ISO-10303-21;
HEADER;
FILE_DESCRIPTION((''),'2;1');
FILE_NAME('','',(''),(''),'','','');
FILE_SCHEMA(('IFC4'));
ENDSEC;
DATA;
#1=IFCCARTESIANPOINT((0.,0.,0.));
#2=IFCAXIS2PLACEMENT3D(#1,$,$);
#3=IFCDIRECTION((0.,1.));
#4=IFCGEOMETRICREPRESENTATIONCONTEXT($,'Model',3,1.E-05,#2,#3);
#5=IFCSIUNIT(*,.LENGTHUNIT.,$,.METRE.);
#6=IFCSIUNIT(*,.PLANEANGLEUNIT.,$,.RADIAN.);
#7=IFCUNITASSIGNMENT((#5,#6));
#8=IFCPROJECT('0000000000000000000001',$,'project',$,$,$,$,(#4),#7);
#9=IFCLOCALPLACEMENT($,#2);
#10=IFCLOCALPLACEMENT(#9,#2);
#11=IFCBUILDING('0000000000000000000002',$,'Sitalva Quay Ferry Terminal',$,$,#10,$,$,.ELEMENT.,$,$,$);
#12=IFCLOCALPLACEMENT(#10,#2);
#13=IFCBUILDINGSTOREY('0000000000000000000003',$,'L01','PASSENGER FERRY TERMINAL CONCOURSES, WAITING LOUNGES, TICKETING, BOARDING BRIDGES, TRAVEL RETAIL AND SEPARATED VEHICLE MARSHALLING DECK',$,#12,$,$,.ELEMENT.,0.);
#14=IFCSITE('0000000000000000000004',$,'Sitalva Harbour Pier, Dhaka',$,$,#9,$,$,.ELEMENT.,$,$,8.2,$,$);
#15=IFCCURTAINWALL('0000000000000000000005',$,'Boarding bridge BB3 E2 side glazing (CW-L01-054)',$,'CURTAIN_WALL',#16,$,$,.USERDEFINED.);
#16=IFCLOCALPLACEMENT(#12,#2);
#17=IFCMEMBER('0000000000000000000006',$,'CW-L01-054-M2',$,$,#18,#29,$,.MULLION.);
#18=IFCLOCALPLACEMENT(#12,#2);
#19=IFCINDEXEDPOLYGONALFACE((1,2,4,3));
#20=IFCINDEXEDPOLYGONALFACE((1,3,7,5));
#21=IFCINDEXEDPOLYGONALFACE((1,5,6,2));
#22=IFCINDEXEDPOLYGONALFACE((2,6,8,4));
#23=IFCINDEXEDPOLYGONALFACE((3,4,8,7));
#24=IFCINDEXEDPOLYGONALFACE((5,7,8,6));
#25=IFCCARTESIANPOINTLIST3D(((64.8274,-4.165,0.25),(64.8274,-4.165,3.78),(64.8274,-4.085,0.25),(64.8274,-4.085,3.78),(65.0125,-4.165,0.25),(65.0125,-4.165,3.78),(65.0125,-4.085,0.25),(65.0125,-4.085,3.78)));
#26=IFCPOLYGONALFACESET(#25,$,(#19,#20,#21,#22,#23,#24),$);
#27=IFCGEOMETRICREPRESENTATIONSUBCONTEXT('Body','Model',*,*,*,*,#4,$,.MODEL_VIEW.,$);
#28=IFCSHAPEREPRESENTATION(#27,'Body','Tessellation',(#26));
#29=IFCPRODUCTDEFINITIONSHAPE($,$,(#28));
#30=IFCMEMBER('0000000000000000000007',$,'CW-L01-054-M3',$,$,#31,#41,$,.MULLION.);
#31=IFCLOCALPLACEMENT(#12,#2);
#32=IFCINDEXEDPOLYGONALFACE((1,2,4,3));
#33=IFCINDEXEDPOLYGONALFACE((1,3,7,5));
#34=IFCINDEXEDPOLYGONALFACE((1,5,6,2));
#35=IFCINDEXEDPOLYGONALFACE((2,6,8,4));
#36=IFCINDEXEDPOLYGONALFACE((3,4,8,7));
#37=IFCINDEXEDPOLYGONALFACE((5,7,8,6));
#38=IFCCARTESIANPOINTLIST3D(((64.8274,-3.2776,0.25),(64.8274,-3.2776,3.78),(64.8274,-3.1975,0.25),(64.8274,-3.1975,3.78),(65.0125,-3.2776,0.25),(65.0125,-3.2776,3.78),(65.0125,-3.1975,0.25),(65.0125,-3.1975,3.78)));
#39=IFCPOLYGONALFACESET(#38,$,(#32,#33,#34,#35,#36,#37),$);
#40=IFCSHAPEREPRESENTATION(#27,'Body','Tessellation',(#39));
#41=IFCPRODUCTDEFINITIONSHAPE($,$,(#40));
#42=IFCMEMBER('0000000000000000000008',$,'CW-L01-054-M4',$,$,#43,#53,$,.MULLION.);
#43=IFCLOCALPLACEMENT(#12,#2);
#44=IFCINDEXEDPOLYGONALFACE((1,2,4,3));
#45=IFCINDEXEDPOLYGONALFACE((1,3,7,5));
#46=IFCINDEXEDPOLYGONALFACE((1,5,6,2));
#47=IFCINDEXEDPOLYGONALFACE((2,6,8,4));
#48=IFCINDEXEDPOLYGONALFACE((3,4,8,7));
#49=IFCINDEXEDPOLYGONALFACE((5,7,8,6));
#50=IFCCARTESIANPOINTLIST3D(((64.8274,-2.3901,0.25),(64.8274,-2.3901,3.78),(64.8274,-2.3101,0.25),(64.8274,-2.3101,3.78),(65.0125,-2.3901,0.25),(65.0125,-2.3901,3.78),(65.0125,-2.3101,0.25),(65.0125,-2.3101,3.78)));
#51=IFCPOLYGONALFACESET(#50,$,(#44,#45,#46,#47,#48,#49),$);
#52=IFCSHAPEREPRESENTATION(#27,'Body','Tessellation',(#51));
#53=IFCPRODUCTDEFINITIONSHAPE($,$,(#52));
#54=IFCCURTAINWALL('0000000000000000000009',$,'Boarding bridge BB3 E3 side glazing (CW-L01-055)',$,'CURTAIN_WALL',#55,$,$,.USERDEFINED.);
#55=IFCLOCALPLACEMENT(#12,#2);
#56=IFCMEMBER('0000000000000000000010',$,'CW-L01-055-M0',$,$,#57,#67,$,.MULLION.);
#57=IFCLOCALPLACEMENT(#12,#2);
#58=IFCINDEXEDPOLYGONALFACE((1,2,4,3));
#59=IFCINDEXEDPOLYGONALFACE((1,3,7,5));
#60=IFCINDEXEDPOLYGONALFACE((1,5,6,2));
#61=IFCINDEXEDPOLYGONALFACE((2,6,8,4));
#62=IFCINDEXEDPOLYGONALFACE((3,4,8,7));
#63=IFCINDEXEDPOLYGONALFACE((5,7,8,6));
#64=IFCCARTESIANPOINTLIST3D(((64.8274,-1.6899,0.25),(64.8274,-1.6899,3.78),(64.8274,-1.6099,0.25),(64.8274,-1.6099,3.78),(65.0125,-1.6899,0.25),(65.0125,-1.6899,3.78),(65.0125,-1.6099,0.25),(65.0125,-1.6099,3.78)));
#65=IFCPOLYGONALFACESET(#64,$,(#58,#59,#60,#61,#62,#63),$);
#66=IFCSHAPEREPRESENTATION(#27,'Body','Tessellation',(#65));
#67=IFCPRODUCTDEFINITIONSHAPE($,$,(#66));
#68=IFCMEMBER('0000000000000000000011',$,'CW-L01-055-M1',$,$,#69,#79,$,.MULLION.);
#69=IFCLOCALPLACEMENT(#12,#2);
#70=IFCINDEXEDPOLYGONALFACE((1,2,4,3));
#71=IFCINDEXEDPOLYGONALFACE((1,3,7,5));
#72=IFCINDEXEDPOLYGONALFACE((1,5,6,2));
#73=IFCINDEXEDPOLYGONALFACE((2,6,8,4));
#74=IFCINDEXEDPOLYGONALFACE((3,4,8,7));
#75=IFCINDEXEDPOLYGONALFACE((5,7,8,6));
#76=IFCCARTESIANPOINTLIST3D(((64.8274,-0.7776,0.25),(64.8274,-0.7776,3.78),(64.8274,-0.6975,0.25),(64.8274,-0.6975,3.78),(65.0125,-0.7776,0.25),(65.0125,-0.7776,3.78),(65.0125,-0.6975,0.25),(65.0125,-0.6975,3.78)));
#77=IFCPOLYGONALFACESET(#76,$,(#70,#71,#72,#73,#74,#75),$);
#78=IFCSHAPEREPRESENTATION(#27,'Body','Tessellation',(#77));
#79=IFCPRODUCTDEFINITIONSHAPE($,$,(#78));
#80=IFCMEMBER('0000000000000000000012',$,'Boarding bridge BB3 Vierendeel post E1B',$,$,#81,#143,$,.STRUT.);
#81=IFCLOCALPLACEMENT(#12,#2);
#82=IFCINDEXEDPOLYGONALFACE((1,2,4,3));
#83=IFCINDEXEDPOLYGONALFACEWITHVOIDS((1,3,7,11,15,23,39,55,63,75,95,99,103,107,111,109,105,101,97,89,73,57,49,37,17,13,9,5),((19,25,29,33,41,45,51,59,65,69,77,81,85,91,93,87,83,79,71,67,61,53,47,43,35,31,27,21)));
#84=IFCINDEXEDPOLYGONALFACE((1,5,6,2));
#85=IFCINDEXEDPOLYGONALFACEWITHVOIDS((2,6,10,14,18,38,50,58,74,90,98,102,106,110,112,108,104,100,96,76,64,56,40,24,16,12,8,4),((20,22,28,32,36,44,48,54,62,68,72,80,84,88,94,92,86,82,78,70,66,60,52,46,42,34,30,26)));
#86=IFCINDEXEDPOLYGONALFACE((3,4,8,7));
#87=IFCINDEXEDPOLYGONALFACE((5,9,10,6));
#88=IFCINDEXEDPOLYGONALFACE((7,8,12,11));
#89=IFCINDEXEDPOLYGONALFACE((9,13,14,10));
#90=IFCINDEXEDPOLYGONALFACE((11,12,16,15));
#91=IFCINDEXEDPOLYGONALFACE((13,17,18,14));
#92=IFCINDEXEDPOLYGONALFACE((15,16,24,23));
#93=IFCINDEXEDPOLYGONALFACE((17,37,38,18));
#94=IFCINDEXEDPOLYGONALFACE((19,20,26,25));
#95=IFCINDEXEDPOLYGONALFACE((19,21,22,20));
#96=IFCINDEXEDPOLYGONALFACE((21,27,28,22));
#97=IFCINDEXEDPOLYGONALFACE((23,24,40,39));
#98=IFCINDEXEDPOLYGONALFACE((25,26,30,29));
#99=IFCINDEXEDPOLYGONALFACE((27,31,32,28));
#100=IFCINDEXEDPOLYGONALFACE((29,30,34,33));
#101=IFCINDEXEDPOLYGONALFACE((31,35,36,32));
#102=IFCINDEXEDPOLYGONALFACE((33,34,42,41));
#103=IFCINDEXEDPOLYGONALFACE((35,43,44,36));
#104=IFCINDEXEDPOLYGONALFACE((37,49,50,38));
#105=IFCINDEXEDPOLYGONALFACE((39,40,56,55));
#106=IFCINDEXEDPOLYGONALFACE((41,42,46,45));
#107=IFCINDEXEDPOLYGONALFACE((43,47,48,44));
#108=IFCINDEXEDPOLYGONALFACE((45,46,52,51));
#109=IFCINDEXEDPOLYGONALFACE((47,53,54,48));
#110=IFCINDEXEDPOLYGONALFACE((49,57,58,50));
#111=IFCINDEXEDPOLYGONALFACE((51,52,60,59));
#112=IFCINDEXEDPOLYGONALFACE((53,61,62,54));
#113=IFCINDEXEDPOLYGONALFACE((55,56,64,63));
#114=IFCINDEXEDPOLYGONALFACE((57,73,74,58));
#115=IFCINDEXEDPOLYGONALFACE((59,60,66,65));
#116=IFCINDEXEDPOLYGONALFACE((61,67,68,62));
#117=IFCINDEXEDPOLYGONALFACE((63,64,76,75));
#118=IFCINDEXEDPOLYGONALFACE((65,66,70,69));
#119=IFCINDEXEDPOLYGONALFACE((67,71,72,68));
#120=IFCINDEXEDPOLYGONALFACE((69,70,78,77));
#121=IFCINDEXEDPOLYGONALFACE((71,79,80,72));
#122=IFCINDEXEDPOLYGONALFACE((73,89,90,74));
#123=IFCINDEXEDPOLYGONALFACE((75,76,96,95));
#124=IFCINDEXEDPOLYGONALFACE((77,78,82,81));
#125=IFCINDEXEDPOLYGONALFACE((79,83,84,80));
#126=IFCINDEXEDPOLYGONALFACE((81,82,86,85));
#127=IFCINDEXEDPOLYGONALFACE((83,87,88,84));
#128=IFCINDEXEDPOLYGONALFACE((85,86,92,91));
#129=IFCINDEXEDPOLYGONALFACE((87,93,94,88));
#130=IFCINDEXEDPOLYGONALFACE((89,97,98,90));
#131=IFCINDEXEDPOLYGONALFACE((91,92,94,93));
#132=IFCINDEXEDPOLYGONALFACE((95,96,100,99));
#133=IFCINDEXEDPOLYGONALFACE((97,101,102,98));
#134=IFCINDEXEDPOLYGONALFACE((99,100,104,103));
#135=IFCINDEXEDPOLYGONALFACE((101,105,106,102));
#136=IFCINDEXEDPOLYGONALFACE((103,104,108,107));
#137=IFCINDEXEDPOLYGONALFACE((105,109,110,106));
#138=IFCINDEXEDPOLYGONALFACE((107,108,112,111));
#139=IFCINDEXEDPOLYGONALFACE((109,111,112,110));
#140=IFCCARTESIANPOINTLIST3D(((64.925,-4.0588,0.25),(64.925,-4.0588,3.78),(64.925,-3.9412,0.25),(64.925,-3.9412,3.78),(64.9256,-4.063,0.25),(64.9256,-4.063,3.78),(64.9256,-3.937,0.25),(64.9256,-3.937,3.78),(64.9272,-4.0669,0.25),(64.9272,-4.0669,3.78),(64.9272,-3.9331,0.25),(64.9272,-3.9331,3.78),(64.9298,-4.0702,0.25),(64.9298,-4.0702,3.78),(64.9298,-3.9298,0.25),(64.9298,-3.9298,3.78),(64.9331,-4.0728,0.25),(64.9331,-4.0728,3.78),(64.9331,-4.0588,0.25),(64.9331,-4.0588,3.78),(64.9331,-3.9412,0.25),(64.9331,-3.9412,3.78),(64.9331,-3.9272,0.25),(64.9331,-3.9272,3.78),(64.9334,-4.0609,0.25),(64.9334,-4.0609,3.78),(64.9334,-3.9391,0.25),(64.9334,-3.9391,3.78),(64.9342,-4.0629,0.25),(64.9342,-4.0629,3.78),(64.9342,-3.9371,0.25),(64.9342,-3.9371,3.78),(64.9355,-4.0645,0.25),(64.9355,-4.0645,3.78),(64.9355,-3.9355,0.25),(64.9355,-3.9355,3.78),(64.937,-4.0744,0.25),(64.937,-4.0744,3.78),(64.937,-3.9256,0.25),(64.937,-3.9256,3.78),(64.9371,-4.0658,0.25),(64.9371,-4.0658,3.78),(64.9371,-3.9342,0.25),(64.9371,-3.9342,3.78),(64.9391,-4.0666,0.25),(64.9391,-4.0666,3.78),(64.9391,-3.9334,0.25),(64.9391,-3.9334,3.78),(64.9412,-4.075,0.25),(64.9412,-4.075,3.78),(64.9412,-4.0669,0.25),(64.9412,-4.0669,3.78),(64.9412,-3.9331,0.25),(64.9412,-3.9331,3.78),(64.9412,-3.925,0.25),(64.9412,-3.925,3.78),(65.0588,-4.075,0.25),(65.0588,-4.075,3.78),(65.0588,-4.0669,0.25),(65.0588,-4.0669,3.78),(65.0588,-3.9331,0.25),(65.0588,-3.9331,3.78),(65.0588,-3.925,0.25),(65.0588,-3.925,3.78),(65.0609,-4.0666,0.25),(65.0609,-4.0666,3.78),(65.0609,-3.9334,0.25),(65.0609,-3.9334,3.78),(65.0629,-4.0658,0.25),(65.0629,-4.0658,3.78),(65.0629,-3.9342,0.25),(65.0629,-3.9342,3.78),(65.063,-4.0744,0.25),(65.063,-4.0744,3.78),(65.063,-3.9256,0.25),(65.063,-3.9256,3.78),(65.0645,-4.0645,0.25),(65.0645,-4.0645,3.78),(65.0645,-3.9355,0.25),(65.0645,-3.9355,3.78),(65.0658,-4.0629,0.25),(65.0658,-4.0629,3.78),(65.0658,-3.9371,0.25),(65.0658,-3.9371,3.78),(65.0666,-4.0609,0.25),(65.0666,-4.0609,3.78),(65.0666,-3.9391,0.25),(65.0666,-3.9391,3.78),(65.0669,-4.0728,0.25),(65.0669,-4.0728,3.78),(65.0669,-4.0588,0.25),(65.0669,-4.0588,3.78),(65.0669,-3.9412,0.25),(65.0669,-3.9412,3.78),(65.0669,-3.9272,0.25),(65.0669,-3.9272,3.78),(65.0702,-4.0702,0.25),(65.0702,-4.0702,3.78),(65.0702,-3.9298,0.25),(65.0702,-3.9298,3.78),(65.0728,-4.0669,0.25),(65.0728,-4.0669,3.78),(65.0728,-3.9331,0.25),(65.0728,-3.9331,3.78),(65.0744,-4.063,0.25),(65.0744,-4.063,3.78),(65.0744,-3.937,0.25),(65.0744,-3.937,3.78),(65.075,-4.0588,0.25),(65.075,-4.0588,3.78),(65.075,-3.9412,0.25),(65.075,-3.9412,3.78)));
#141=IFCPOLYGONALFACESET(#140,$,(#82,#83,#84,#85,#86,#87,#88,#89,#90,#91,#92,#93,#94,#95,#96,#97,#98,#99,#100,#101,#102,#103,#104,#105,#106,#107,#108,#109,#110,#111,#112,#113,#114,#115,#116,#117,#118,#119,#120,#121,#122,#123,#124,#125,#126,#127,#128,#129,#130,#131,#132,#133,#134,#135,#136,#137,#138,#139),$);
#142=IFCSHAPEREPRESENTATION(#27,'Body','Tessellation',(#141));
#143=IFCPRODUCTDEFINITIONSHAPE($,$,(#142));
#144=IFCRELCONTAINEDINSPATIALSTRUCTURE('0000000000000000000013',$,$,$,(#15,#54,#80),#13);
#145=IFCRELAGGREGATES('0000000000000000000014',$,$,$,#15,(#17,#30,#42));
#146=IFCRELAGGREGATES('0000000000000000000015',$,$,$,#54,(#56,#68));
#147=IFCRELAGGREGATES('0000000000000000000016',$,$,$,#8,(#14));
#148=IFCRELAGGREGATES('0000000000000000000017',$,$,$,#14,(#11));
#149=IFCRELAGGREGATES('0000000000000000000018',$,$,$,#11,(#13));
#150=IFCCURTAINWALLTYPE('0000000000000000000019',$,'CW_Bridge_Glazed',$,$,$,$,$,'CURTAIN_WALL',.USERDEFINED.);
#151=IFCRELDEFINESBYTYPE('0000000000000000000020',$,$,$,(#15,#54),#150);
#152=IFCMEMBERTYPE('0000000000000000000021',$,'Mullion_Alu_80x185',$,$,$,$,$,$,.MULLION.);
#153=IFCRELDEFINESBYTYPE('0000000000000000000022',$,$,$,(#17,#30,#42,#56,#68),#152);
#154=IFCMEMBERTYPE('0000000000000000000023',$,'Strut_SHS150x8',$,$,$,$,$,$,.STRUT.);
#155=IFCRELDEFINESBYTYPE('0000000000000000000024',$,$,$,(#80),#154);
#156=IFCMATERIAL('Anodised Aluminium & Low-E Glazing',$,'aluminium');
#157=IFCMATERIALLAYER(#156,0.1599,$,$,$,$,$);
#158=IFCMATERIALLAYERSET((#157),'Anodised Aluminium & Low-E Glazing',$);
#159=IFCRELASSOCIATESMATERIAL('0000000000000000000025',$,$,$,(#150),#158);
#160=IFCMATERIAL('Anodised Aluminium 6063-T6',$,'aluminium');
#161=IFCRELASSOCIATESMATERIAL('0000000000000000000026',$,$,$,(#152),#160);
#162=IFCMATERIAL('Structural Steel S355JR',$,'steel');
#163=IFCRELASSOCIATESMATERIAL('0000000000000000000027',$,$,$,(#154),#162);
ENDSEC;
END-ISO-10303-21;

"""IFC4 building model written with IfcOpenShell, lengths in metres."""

from ifc_helpers import new_model, si_unit, direction, frame, origin, origin_2d, place, context, subcontext, project, spatial, rectangle, hollow_rectangle, extrude, material, layer, layer_set, material_profile, profile_set, type_object, element, aggregate, save


model = new_model("IFC4")

# Units and contexts
model_context = context("Model", 3, precision=1e-05, world=origin(), true_north=direction((0.0, 1.0)))
body_context = subcontext(model_context, "Body", "Model", "MODEL_VIEW")
ifc_project = project(units=[si_unit("LENGTHUNIT", "METRE"), si_unit("PLANEANGLEUNIT", "RADIAN")], contexts=[model_context])

# Site, building, storey
site_placement = place(None, origin())
site = spatial("IfcSite", under=ifc_project, at=site_placement, Name="Sitalva Harbour Pier, Dhaka", CompositionType="ELEMENT", RefElevation=8.2)
building_placement = place(site_placement, origin())
building = spatial("IfcBuilding", under=site, at=building_placement, Name="Sitalva Quay Ferry Terminal", CompositionType="ELEMENT")
storey_placement = place(building_placement, origin())
storey = spatial("IfcBuildingStorey", under=building, at=storey_placement, Name="L01", Description="PASSENGER FERRY TERMINAL CONCOURSES, WAITING LOUNGES, TICKETING, BOARDING BRIDGES, TRAVEL RETAIL AND SEPARATED VEHICLE MARSHALLING DECK", CompositionType="ELEMENT", Elevation=0.0)

# Curtain walls, members
ifc_material_1 = material(Name="Anodised Aluminium & Low-E Glazing", Category="aluminium")
ifc_layer_1 = layer(ifc_material_1, 0.1599)
ifc_layer_set_1 = layer_set([ifc_layer_1], Name="Anodised Aluminium & Low-E Glazing")
curtain_wall_type = type_object("IfcCurtainWallType", Name="CW_Bridge_Glazed", ElementType="CURTAIN_WALL", PredefinedType="USERDEFINED", material=ifc_layer_set_1)
curtain_wall_1_placement = place(storey_placement, origin())
curtain_wall_1 = element("IfcCurtainWall", 1, at=curtain_wall_1_placement, inside=storey, type_object=curtain_wall_type, Name="Boarding bridge BB3 E2 side glazing (CW-L01-054)", ObjectType="CURTAIN_WALL", PredefinedType="USERDEFINED")
ifc_material_2 = material(Name="Anodised Aluminium 6063-T6", Category="aluminium")
ifc_material_profile_1 = material_profile(ifc_material_2, rectangle(XDim=0.0801, YDim=0.1851, at=origin_2d()), Name="ALU80x185")
ifc_profile_set_1 = profile_set([ifc_material_profile_1], Name="Anodised Aluminium 6063-T6")
member_type_1 = type_object("IfcMemberType", Name="Mullion_Alu_80x185", PredefinedType="MULLION", material=ifc_profile_set_1)
member_1_placement = place(storey_placement, frame((64.9199, -4.125, 0.25), z_axis=(0.0, 0.0, 1.0), x_axis=(0.0, 1.0, 0.0)))
member_1 = element("IfcMember", 2, at=member_1_placement, type_object=member_type_1, Name="CW-L01-054-M2", PredefinedType="MULLION", context=body_context, shape_type="SweptSolid", body=[
    extrude(rectangle(XDim=0.0801, YDim=0.1851, at=origin_2d()), origin(), (0.0, 0.0, 1.0), 3.53),
])
member_2_placement = place(storey_placement, frame((64.9199, -3.2375, 0.25), z_axis=(0.0, 0.0, 1.0), x_axis=(0.0, 1.0, 0.0)))
member_2 = element("IfcMember", 3, at=member_2_placement, type_object=member_type_1, Name="CW-L01-054-M3", PredefinedType="MULLION", context=body_context, shape_type="SweptSolid", body=[
    extrude(rectangle(XDim=0.0801, YDim=0.1851, at=origin_2d()), origin(), (0.0, 0.0, 1.0), 3.53),
])
member_3_placement = place(storey_placement, frame((64.9199, -2.3501, 0.25), z_axis=(0.0, 0.0, 1.0), x_axis=(0.0, 1.0, 0.0)))
member_3 = element("IfcMember", 4, at=member_3_placement, type_object=member_type_1, Name="CW-L01-054-M4", PredefinedType="MULLION", context=body_context, shape_type="SweptSolid", body=[
    extrude(rectangle(XDim=0.0801, YDim=0.1851, at=origin_2d()), origin(), (0.0, 0.0, 1.0), 3.53),
])
curtain_wall_2_placement = place(storey_placement, origin())
curtain_wall_2 = element("IfcCurtainWall", 5, at=curtain_wall_2_placement, inside=storey, type_object=curtain_wall_type, Name="Boarding bridge BB3 E3 side glazing (CW-L01-055)", ObjectType="CURTAIN_WALL", PredefinedType="USERDEFINED")
member_4_placement = place(storey_placement, frame((64.9199, -1.6499, 0.25), z_axis=(0.0, 0.0, 1.0), x_axis=(0.0, 1.0, 0.0)))
member_4 = element("IfcMember", 6, at=member_4_placement, type_object=member_type_1, Name="CW-L01-055-M0", PredefinedType="MULLION", context=body_context, shape_type="SweptSolid", body=[
    extrude(rectangle(XDim=0.0801, YDim=0.1851, at=origin_2d()), origin(), (0.0, 0.0, 1.0), 3.53),
])
member_5_placement = place(storey_placement, frame((64.9199, -0.7375, 0.25), z_axis=(0.0, 0.0, 1.0), x_axis=(0.0, 1.0, 0.0)))
member_5 = element("IfcMember", 7, at=member_5_placement, type_object=member_type_1, Name="CW-L01-055-M1", PredefinedType="MULLION", context=body_context, shape_type="SweptSolid", body=[
    extrude(rectangle(XDim=0.0801, YDim=0.1851, at=origin_2d()), origin(), (0.0, 0.0, 1.0), 3.53),
])

# Member
ifc_material_3 = material(Name="Structural Steel S355JR", Category="steel")
ifc_material_profile_2 = material_profile(ifc_material_3, hollow_rectangle(XDim=0.1499, YDim=0.1499, WallThickness=0.0081, InnerFilletRadius=0.0081, OuterFilletRadius=0.0161, at=origin_2d()), Name="SHS150x150x8")
ifc_profile_set_2 = profile_set([ifc_material_profile_2], Name="Structural Steel S355JR")
member_type_2 = type_object("IfcMemberType", Name="Strut_SHS150x8", PredefinedType="STRUT", material=ifc_profile_set_2)
for number, where, z_axis, x_axis, name in (
    (8, (65.0, -4.0, 0.25), (0.0, 0.0, 1.0), (1.0, 0.0, 0.0), "Boarding bridge BB3 Vierendeel post E1B"),
):
    element("IfcMember", number, at=place(storey_placement, frame(where, z_axis=z_axis, x_axis=x_axis)), inside=storey, type_object=member_type_2, Name=name, PredefinedType="STRUT", context=body_context, shape_type="SweptSolid", body=[
        extrude(hollow_rectangle(XDim=0.1499, YDim=0.1499, WallThickness=0.0081, InnerFilletRadius=0.0081, OuterFilletRadius=0.0161, at=origin_2d()), origin(), (0.0, 0.0, 1.0), 3.53),
    ])

aggregate(curtain_wall_1, [member_1, member_2, member_3])
aggregate(curtain_wall_2, [member_4, member_5])

save(model, "model.ifc")
